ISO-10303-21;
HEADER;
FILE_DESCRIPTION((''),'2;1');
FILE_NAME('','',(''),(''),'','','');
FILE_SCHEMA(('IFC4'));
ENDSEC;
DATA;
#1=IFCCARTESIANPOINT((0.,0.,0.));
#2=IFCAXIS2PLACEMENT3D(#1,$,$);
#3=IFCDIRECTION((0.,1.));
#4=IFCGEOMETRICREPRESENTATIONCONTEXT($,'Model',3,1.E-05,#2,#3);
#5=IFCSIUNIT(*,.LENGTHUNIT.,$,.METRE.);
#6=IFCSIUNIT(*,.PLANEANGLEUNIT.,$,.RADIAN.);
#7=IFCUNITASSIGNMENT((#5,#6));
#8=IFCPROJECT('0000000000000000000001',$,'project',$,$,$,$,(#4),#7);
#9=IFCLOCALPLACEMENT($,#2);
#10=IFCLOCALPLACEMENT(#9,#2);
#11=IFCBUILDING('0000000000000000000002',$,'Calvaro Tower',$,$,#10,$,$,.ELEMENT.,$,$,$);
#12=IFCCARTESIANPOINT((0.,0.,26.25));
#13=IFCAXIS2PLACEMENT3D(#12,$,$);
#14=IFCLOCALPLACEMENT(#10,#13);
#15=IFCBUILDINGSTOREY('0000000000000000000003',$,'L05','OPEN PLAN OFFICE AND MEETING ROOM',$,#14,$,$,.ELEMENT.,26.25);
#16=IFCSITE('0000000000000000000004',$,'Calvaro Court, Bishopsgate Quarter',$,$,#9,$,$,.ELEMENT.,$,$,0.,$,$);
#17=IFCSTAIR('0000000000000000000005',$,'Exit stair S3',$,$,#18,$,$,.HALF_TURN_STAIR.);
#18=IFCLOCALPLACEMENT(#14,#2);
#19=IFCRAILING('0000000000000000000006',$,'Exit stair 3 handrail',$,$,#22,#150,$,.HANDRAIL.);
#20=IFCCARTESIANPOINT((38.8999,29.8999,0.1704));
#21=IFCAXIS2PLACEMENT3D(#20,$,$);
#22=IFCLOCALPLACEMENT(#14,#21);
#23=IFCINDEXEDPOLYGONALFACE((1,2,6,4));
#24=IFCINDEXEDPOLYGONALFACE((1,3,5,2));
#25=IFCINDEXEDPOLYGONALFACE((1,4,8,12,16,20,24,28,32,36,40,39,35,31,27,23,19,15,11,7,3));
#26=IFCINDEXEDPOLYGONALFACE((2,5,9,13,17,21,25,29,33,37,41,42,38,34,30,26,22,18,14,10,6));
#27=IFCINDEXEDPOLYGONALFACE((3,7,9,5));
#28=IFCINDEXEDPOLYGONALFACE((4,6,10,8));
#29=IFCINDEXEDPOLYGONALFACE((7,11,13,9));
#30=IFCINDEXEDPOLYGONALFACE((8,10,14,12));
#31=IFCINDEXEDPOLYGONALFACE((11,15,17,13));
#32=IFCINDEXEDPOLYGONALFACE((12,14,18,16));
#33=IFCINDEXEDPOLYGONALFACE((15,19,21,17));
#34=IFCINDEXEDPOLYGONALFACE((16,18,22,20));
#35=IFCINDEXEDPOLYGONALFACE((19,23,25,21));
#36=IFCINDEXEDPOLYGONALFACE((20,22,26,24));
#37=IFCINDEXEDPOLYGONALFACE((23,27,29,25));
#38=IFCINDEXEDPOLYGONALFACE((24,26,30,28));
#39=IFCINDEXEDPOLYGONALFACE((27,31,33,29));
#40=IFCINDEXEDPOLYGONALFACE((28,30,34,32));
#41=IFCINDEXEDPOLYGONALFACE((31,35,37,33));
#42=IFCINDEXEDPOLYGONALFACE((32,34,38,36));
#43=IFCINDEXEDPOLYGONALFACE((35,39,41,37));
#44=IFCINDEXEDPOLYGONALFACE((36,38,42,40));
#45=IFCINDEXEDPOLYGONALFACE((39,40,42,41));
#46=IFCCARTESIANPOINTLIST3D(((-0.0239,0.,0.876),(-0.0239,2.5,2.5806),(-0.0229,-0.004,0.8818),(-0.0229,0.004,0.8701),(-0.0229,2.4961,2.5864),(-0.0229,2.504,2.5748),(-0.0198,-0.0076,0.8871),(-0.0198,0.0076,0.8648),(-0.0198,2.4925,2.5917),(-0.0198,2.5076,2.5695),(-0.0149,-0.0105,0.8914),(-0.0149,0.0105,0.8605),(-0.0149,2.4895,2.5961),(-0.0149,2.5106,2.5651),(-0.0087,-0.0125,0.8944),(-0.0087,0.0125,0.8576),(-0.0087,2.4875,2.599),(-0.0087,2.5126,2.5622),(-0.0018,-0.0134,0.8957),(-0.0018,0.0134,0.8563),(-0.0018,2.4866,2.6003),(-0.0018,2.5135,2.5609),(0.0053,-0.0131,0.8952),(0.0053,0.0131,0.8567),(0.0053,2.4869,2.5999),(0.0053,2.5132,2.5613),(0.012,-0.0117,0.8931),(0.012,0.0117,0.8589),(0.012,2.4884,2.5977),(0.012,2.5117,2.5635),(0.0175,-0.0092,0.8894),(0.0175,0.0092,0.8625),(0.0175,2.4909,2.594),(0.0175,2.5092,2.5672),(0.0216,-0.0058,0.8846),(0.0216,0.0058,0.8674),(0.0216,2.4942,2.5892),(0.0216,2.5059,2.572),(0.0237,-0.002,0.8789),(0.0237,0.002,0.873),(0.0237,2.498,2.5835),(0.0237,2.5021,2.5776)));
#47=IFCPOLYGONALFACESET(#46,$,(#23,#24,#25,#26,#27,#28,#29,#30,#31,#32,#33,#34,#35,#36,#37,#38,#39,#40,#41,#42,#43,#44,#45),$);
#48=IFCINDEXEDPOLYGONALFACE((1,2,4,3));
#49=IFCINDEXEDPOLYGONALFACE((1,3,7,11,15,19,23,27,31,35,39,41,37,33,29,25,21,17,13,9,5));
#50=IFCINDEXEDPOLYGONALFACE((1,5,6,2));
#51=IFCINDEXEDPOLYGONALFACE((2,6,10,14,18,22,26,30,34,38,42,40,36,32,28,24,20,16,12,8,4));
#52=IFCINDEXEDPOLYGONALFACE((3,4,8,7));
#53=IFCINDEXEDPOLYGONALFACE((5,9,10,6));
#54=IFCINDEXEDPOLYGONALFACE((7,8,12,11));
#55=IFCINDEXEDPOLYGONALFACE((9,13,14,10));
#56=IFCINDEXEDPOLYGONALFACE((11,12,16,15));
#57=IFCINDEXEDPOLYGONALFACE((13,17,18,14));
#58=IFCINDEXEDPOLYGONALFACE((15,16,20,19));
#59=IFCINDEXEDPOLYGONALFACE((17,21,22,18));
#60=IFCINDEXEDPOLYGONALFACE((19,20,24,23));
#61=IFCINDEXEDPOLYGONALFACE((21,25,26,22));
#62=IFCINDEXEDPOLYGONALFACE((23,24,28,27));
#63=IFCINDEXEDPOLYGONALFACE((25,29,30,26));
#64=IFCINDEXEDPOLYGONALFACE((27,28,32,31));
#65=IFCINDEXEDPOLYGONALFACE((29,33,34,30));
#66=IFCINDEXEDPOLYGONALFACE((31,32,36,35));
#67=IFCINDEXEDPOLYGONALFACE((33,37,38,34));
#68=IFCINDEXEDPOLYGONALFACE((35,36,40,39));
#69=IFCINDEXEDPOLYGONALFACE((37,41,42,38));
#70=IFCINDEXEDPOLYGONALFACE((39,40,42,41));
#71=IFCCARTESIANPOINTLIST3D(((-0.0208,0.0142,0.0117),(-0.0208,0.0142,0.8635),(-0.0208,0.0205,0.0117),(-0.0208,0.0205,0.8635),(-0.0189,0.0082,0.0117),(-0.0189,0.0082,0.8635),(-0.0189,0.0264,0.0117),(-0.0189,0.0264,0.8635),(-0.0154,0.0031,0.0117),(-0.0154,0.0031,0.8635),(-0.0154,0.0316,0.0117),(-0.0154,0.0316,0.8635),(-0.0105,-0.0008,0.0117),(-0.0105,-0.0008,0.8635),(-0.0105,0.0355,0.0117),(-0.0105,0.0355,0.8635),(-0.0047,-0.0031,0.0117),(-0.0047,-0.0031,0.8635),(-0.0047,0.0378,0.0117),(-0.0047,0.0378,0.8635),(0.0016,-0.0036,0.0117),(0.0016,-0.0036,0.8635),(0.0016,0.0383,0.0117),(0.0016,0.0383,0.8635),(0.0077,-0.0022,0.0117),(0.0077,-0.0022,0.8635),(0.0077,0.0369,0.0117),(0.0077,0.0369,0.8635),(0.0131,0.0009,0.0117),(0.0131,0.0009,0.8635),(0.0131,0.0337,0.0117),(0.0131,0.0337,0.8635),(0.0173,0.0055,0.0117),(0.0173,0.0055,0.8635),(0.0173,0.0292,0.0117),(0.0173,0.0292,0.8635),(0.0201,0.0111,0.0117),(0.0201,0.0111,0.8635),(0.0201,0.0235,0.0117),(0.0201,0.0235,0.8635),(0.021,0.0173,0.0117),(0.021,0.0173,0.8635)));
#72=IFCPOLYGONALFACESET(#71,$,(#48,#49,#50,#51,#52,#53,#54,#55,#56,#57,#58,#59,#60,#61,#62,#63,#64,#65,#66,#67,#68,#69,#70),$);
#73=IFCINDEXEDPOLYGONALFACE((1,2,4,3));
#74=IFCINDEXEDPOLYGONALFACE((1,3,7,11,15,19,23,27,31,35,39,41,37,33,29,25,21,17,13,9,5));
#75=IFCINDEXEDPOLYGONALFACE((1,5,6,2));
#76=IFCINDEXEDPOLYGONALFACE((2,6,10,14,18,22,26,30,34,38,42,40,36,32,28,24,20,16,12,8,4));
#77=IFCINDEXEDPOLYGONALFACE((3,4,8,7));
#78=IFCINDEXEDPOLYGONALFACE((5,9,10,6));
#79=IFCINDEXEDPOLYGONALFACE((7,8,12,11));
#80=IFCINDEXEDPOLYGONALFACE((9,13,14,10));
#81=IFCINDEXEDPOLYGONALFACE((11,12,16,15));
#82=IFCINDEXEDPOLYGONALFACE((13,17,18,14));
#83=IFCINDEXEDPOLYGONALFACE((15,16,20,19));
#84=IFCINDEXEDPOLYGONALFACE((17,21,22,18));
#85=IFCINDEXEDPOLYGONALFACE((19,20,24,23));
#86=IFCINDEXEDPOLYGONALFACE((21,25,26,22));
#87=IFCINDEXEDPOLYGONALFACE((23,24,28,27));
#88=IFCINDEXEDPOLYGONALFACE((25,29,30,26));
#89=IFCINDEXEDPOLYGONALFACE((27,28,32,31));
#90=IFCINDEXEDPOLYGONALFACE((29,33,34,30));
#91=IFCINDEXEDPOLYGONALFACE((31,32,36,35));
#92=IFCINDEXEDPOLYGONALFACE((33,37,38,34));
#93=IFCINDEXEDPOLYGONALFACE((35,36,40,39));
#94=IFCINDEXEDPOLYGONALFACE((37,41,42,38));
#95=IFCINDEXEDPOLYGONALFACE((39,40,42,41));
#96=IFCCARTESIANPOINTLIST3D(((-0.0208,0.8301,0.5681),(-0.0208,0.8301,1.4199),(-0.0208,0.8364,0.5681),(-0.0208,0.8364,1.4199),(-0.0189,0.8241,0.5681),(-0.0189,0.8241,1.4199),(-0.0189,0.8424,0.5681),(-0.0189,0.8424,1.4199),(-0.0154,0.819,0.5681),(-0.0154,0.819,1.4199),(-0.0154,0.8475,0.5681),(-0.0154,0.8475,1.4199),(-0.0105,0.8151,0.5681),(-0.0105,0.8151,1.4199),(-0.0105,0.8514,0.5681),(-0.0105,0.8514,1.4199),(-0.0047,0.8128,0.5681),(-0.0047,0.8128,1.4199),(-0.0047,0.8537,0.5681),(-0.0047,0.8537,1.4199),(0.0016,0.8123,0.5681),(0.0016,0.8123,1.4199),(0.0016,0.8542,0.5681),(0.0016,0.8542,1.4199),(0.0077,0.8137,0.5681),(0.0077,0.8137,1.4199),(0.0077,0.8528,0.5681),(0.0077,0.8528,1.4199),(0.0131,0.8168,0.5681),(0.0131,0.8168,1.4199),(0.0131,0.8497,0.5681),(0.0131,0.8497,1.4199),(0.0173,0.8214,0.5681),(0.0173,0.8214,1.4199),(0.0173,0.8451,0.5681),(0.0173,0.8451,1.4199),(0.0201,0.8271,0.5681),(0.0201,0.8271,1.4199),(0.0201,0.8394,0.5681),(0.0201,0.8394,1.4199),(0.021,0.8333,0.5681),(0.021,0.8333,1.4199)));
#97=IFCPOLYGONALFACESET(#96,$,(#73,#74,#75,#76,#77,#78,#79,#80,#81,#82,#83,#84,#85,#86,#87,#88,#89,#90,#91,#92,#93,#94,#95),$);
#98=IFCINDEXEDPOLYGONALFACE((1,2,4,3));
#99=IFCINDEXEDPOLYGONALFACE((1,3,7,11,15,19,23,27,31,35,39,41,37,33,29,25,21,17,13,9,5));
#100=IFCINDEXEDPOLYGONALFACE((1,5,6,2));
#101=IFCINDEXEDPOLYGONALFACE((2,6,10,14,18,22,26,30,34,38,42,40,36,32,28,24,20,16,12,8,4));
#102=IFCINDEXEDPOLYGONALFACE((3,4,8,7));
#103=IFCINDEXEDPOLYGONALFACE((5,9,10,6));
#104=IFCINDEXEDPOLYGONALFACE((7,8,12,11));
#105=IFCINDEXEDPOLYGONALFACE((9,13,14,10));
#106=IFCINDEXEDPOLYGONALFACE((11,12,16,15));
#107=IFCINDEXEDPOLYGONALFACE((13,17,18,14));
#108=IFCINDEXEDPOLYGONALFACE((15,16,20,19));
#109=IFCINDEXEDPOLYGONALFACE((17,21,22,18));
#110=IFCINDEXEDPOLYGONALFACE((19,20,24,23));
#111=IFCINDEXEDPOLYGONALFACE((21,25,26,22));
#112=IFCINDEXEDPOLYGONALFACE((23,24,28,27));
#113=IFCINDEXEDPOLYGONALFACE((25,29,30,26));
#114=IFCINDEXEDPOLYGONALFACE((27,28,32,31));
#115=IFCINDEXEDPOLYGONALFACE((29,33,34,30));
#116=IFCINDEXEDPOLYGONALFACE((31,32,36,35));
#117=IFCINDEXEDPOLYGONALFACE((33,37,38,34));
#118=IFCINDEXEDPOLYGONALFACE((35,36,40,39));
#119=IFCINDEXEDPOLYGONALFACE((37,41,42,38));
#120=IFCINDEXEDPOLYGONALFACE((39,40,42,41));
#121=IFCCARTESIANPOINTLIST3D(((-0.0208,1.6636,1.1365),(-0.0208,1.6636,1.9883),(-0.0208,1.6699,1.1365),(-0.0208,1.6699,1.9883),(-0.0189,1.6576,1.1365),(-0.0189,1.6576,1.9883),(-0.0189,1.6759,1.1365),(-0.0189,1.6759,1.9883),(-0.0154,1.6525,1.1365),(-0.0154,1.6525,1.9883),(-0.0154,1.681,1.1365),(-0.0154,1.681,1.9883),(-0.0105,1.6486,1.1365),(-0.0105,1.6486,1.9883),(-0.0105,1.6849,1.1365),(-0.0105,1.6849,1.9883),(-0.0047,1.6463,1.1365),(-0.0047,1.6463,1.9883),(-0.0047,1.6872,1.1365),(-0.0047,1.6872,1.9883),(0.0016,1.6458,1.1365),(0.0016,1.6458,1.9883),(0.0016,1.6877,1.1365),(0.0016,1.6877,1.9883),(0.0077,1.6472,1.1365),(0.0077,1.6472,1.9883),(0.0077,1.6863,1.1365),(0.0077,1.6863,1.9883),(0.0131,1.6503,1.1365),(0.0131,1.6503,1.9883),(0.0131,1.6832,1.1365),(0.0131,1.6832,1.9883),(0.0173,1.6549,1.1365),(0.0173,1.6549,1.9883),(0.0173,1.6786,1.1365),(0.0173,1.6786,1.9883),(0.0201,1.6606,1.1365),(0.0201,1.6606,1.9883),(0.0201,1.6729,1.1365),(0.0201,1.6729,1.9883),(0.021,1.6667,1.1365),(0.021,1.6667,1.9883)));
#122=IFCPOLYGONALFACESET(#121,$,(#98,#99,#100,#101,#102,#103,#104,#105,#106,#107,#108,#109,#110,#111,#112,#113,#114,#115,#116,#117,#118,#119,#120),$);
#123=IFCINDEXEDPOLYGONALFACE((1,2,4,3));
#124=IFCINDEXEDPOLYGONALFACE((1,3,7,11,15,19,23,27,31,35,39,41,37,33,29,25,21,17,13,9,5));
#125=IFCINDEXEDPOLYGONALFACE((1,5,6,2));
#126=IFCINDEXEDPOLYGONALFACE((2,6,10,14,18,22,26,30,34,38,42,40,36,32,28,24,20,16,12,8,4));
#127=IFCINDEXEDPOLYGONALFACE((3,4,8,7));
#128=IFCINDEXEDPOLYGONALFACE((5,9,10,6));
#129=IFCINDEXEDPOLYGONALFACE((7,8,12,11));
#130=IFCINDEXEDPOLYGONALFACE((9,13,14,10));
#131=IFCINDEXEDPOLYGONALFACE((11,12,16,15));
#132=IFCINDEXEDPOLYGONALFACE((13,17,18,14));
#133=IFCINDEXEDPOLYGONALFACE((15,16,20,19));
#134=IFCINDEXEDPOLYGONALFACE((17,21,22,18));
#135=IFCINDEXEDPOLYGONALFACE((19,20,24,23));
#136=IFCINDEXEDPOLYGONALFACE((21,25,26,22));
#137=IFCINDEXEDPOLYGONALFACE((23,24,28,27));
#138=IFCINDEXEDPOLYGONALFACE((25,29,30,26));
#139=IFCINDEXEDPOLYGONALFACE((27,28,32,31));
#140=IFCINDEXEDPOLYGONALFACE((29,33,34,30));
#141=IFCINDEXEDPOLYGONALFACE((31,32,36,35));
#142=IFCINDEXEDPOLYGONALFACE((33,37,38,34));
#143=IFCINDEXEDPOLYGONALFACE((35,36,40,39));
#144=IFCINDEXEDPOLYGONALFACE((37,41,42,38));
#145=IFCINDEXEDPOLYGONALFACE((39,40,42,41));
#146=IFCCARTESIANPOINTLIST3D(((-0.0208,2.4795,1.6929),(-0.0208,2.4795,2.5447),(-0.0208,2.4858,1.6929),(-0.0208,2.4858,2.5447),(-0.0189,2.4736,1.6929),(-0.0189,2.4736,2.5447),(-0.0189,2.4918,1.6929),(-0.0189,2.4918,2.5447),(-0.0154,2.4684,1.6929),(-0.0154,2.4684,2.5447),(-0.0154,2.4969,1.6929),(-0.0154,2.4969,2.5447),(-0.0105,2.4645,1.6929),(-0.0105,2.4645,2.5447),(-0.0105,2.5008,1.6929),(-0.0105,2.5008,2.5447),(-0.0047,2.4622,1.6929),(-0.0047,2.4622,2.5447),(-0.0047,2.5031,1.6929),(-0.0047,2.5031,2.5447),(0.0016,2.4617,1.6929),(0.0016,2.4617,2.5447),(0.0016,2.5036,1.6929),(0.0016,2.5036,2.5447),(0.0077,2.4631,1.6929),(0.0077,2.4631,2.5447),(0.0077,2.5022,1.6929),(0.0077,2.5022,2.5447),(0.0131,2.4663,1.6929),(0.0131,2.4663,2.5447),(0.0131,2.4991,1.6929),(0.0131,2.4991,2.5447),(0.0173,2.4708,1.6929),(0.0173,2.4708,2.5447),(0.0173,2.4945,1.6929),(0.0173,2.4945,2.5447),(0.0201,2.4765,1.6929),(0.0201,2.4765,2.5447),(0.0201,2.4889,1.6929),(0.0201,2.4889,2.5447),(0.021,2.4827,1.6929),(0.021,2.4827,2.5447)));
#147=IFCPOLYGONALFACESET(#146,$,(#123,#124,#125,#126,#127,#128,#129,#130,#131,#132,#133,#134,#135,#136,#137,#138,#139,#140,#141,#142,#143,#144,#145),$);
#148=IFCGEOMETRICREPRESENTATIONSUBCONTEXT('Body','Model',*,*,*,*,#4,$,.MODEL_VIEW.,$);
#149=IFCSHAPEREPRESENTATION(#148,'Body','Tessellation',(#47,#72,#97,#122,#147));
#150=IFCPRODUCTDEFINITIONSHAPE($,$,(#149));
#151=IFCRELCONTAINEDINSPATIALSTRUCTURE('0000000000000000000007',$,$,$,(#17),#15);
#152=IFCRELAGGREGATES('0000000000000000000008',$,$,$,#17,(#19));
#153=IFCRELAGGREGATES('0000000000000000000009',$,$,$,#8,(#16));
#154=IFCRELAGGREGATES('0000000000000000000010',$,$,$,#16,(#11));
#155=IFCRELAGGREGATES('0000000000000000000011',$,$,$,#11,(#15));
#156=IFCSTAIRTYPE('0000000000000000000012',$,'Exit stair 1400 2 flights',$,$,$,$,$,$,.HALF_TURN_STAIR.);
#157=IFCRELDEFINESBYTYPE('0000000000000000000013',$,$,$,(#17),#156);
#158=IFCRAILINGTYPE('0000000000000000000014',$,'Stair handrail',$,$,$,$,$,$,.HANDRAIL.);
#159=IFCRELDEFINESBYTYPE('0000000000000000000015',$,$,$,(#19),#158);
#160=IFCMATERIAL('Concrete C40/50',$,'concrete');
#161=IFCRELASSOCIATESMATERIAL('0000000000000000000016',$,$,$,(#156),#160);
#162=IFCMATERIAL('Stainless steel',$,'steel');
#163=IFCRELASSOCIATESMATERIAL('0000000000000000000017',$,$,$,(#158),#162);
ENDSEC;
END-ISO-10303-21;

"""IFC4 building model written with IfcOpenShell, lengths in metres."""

from ifc_helpers import new_model, si_unit, direction, frame, origin, origin_2d, place, context, subcontext, project, spatial, circle, extrude, material, type_object, element, aggregate, save


model = new_model("IFC4")

# Units and contexts
model_context = context("Model", 3, precision=1e-05, world=origin(), true_north=direction((0.0, 1.0)))
body_context = subcontext(model_context, "Body", "Model", "MODEL_VIEW")
ifc_project = project(units=[si_unit("LENGTHUNIT", "METRE"), si_unit("PLANEANGLEUNIT", "RADIAN")], contexts=[model_context])

# Site, building, storey
site_placement = place(None, origin())
site = spatial("IfcSite", under=ifc_project, at=site_placement, Name="Calvaro Court, Bishopsgate Quarter", CompositionType="ELEMENT", RefElevation=0.0)
building_placement = place(site_placement, origin())
building = spatial("IfcBuilding", under=site, at=building_placement, Name="Calvaro Tower", CompositionType="ELEMENT")
storey_placement = place(building_placement, frame((0.0, 0.0, 26.25)))
storey = spatial("IfcBuildingStorey", under=building, at=storey_placement, Name="L05", Description="OPEN PLAN OFFICE AND MEETING ROOM", CompositionType="ELEMENT", Elevation=26.25)

# Stair
ifc_material_1 = material(Name="Concrete C40/50", Category="concrete")
stair_type = type_object("IfcStairType", Name="Exit stair 1400 2 flights", PredefinedType="HALF_TURN_STAIR", material=ifc_material_1)
stair_1_placement = place(storey_placement, origin())
stair_1 = element("IfcStair", 1, at=stair_1_placement, inside=storey, type_object=stair_type, Name="Exit stair S3", PredefinedType="HALF_TURN_STAIR")

# Railing
ifc_material_2 = material(Name="Stainless steel", Category="steel")
railing_type = type_object("IfcRailingType", Name="Stair handrail", PredefinedType="HANDRAIL", material=ifc_material_2)
railing_1_placement = place(storey_placement, frame((38.8999, 29.8999, 0.1704)))
railing_1 = element("IfcRailing", 2, at=railing_1_placement, type_object=railing_type, Name="Exit stair 3 handrail", PredefinedType="HANDRAIL", context=body_context, shape_type="SweptSolid", body=[
    extrude(circle(Radius=0.0239, at=origin_2d()), frame((0.0, 0.0, 0.876), z_axis=(0.0, 0.826221, 0.563347), x_axis=(-1.0, 0.0, 0.0)), (0.0, 0.0, 1.0), 3.0259),
    extrude(circle(Radius=0.021, at=origin_2d()), frame((0.0, 0.0173, 0.0117)), (0.0, 0.0, 1.0), 0.8518),
    extrude(circle(Radius=0.021, at=origin_2d()), frame((0.0, 0.8333, 0.5681)), (0.0, 0.0, 1.0), 0.8518),
    extrude(circle(Radius=0.021, at=origin_2d()), frame((0.0, 1.6667, 1.1365)), (0.0, 0.0, 1.0), 0.8518),
    extrude(circle(Radius=0.021, at=origin_2d()), frame((0.0, 2.4827, 1.6929)), (0.0, 0.0, 1.0), 0.8518),
])
aggregate(stair_1, [railing_1])

save(model, "model.ifc")
